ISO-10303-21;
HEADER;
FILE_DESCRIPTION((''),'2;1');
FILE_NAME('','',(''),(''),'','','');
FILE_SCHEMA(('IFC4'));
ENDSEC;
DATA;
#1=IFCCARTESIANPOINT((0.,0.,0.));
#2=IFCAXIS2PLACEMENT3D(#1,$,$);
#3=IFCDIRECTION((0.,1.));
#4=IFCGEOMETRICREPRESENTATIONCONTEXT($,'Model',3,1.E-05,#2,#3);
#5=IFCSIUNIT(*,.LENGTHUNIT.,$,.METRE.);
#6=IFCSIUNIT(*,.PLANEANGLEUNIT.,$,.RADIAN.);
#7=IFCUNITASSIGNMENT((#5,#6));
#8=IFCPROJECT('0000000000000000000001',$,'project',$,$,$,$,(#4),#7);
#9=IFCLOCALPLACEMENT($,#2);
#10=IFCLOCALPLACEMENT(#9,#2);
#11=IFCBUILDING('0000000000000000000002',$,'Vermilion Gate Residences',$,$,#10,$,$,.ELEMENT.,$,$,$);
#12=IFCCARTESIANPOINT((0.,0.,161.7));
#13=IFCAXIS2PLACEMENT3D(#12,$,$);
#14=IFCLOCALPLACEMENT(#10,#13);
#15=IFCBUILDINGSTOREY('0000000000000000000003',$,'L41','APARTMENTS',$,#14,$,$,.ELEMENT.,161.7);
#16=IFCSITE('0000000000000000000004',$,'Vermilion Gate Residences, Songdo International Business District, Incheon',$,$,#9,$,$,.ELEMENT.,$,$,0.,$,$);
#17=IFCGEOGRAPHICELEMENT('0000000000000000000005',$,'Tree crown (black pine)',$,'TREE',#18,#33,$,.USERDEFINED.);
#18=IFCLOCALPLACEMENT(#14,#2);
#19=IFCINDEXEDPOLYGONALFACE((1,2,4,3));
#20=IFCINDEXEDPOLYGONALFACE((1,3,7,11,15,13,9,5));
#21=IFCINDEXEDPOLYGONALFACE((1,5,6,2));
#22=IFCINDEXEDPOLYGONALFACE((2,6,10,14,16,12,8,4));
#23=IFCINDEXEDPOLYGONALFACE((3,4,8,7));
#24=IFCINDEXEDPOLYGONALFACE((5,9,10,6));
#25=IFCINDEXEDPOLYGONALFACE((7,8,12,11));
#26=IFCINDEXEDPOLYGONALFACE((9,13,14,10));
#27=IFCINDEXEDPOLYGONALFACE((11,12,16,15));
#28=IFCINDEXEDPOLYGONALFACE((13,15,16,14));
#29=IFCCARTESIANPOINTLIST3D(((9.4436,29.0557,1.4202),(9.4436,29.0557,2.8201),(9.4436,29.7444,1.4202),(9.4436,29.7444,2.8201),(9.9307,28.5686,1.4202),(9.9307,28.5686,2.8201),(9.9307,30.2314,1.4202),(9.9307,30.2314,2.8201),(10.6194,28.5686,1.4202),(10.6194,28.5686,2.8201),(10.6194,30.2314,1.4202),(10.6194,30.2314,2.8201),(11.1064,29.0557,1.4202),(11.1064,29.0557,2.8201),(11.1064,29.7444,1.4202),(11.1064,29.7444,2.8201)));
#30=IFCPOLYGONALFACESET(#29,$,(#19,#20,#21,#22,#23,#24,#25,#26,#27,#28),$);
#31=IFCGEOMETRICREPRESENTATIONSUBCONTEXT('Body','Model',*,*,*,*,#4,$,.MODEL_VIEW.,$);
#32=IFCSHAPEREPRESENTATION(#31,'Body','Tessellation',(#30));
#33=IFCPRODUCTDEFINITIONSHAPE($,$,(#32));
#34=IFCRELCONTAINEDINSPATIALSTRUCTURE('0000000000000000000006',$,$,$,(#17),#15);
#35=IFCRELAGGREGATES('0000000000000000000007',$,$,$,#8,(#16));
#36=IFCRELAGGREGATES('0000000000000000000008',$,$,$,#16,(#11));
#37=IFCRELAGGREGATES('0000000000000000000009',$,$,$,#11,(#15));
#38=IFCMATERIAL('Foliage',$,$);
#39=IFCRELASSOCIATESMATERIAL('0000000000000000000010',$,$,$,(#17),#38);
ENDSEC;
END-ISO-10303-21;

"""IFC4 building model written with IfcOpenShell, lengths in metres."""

from ifc_helpers import new_model, si_unit, direction, frame, origin, place, context, subcontext, project, spatial, polyline, outline, extrude, material, element, save


model = new_model("IFC4")

# Units and contexts
model_context = context("Model", 3, precision=1e-05, world=origin(), true_north=direction((0.0, 1.0)))
body_context = subcontext(model_context, "Body", "Model", "MODEL_VIEW")
ifc_project = project(units=[si_unit("LENGTHUNIT", "METRE"), si_unit("PLANEANGLEUNIT", "RADIAN")], contexts=[model_context])

# Site, building, storey
site_placement = place(None, origin())
site = spatial("IfcSite", under=ifc_project, at=site_placement, Name="Vermilion Gate Residences, Songdo International Business District, Incheon", CompositionType="ELEMENT", RefElevation=0.0)
building_placement = place(site_placement, origin())
building = spatial("IfcBuilding", under=site, at=building_placement, Name="Vermilion Gate Residences", CompositionType="ELEMENT")
storey_placement = place(building_placement, frame((0.0, 0.0, 161.7)))
storey = spatial("IfcBuildingStorey", under=building, at=storey_placement, Name="L41", Description="APARTMENTS", CompositionType="ELEMENT", Elevation=161.7)

# Geographic element
ifc_material_1 = material(Name="Foliage")
geographic_element_1_placement = place(storey_placement, frame((0.0, 0.0, 1.4202)))
element("IfcGeographicElement", 1, at=geographic_element_1_placement, inside=storey, material=ifc_material_1, Name="Tree crown (black pine)", ObjectType="TREE", PredefinedType="USERDEFINED", context=body_context, shape_type="SweptSolid", body=[
    extrude(outline(polyline([(11.1064, 29.7444), (10.6194, 30.2314), (9.9307, 30.2314), (9.4436, 29.7444), (9.4436, 29.0557), (9.9307, 28.5686), (10.6194, 28.5686), (11.1064, 29.0557), (11.1064, 29.7444)])), origin(), (0.0, 0.0, 1.0), 1.3999),
])

save(model, "model.ifc")
